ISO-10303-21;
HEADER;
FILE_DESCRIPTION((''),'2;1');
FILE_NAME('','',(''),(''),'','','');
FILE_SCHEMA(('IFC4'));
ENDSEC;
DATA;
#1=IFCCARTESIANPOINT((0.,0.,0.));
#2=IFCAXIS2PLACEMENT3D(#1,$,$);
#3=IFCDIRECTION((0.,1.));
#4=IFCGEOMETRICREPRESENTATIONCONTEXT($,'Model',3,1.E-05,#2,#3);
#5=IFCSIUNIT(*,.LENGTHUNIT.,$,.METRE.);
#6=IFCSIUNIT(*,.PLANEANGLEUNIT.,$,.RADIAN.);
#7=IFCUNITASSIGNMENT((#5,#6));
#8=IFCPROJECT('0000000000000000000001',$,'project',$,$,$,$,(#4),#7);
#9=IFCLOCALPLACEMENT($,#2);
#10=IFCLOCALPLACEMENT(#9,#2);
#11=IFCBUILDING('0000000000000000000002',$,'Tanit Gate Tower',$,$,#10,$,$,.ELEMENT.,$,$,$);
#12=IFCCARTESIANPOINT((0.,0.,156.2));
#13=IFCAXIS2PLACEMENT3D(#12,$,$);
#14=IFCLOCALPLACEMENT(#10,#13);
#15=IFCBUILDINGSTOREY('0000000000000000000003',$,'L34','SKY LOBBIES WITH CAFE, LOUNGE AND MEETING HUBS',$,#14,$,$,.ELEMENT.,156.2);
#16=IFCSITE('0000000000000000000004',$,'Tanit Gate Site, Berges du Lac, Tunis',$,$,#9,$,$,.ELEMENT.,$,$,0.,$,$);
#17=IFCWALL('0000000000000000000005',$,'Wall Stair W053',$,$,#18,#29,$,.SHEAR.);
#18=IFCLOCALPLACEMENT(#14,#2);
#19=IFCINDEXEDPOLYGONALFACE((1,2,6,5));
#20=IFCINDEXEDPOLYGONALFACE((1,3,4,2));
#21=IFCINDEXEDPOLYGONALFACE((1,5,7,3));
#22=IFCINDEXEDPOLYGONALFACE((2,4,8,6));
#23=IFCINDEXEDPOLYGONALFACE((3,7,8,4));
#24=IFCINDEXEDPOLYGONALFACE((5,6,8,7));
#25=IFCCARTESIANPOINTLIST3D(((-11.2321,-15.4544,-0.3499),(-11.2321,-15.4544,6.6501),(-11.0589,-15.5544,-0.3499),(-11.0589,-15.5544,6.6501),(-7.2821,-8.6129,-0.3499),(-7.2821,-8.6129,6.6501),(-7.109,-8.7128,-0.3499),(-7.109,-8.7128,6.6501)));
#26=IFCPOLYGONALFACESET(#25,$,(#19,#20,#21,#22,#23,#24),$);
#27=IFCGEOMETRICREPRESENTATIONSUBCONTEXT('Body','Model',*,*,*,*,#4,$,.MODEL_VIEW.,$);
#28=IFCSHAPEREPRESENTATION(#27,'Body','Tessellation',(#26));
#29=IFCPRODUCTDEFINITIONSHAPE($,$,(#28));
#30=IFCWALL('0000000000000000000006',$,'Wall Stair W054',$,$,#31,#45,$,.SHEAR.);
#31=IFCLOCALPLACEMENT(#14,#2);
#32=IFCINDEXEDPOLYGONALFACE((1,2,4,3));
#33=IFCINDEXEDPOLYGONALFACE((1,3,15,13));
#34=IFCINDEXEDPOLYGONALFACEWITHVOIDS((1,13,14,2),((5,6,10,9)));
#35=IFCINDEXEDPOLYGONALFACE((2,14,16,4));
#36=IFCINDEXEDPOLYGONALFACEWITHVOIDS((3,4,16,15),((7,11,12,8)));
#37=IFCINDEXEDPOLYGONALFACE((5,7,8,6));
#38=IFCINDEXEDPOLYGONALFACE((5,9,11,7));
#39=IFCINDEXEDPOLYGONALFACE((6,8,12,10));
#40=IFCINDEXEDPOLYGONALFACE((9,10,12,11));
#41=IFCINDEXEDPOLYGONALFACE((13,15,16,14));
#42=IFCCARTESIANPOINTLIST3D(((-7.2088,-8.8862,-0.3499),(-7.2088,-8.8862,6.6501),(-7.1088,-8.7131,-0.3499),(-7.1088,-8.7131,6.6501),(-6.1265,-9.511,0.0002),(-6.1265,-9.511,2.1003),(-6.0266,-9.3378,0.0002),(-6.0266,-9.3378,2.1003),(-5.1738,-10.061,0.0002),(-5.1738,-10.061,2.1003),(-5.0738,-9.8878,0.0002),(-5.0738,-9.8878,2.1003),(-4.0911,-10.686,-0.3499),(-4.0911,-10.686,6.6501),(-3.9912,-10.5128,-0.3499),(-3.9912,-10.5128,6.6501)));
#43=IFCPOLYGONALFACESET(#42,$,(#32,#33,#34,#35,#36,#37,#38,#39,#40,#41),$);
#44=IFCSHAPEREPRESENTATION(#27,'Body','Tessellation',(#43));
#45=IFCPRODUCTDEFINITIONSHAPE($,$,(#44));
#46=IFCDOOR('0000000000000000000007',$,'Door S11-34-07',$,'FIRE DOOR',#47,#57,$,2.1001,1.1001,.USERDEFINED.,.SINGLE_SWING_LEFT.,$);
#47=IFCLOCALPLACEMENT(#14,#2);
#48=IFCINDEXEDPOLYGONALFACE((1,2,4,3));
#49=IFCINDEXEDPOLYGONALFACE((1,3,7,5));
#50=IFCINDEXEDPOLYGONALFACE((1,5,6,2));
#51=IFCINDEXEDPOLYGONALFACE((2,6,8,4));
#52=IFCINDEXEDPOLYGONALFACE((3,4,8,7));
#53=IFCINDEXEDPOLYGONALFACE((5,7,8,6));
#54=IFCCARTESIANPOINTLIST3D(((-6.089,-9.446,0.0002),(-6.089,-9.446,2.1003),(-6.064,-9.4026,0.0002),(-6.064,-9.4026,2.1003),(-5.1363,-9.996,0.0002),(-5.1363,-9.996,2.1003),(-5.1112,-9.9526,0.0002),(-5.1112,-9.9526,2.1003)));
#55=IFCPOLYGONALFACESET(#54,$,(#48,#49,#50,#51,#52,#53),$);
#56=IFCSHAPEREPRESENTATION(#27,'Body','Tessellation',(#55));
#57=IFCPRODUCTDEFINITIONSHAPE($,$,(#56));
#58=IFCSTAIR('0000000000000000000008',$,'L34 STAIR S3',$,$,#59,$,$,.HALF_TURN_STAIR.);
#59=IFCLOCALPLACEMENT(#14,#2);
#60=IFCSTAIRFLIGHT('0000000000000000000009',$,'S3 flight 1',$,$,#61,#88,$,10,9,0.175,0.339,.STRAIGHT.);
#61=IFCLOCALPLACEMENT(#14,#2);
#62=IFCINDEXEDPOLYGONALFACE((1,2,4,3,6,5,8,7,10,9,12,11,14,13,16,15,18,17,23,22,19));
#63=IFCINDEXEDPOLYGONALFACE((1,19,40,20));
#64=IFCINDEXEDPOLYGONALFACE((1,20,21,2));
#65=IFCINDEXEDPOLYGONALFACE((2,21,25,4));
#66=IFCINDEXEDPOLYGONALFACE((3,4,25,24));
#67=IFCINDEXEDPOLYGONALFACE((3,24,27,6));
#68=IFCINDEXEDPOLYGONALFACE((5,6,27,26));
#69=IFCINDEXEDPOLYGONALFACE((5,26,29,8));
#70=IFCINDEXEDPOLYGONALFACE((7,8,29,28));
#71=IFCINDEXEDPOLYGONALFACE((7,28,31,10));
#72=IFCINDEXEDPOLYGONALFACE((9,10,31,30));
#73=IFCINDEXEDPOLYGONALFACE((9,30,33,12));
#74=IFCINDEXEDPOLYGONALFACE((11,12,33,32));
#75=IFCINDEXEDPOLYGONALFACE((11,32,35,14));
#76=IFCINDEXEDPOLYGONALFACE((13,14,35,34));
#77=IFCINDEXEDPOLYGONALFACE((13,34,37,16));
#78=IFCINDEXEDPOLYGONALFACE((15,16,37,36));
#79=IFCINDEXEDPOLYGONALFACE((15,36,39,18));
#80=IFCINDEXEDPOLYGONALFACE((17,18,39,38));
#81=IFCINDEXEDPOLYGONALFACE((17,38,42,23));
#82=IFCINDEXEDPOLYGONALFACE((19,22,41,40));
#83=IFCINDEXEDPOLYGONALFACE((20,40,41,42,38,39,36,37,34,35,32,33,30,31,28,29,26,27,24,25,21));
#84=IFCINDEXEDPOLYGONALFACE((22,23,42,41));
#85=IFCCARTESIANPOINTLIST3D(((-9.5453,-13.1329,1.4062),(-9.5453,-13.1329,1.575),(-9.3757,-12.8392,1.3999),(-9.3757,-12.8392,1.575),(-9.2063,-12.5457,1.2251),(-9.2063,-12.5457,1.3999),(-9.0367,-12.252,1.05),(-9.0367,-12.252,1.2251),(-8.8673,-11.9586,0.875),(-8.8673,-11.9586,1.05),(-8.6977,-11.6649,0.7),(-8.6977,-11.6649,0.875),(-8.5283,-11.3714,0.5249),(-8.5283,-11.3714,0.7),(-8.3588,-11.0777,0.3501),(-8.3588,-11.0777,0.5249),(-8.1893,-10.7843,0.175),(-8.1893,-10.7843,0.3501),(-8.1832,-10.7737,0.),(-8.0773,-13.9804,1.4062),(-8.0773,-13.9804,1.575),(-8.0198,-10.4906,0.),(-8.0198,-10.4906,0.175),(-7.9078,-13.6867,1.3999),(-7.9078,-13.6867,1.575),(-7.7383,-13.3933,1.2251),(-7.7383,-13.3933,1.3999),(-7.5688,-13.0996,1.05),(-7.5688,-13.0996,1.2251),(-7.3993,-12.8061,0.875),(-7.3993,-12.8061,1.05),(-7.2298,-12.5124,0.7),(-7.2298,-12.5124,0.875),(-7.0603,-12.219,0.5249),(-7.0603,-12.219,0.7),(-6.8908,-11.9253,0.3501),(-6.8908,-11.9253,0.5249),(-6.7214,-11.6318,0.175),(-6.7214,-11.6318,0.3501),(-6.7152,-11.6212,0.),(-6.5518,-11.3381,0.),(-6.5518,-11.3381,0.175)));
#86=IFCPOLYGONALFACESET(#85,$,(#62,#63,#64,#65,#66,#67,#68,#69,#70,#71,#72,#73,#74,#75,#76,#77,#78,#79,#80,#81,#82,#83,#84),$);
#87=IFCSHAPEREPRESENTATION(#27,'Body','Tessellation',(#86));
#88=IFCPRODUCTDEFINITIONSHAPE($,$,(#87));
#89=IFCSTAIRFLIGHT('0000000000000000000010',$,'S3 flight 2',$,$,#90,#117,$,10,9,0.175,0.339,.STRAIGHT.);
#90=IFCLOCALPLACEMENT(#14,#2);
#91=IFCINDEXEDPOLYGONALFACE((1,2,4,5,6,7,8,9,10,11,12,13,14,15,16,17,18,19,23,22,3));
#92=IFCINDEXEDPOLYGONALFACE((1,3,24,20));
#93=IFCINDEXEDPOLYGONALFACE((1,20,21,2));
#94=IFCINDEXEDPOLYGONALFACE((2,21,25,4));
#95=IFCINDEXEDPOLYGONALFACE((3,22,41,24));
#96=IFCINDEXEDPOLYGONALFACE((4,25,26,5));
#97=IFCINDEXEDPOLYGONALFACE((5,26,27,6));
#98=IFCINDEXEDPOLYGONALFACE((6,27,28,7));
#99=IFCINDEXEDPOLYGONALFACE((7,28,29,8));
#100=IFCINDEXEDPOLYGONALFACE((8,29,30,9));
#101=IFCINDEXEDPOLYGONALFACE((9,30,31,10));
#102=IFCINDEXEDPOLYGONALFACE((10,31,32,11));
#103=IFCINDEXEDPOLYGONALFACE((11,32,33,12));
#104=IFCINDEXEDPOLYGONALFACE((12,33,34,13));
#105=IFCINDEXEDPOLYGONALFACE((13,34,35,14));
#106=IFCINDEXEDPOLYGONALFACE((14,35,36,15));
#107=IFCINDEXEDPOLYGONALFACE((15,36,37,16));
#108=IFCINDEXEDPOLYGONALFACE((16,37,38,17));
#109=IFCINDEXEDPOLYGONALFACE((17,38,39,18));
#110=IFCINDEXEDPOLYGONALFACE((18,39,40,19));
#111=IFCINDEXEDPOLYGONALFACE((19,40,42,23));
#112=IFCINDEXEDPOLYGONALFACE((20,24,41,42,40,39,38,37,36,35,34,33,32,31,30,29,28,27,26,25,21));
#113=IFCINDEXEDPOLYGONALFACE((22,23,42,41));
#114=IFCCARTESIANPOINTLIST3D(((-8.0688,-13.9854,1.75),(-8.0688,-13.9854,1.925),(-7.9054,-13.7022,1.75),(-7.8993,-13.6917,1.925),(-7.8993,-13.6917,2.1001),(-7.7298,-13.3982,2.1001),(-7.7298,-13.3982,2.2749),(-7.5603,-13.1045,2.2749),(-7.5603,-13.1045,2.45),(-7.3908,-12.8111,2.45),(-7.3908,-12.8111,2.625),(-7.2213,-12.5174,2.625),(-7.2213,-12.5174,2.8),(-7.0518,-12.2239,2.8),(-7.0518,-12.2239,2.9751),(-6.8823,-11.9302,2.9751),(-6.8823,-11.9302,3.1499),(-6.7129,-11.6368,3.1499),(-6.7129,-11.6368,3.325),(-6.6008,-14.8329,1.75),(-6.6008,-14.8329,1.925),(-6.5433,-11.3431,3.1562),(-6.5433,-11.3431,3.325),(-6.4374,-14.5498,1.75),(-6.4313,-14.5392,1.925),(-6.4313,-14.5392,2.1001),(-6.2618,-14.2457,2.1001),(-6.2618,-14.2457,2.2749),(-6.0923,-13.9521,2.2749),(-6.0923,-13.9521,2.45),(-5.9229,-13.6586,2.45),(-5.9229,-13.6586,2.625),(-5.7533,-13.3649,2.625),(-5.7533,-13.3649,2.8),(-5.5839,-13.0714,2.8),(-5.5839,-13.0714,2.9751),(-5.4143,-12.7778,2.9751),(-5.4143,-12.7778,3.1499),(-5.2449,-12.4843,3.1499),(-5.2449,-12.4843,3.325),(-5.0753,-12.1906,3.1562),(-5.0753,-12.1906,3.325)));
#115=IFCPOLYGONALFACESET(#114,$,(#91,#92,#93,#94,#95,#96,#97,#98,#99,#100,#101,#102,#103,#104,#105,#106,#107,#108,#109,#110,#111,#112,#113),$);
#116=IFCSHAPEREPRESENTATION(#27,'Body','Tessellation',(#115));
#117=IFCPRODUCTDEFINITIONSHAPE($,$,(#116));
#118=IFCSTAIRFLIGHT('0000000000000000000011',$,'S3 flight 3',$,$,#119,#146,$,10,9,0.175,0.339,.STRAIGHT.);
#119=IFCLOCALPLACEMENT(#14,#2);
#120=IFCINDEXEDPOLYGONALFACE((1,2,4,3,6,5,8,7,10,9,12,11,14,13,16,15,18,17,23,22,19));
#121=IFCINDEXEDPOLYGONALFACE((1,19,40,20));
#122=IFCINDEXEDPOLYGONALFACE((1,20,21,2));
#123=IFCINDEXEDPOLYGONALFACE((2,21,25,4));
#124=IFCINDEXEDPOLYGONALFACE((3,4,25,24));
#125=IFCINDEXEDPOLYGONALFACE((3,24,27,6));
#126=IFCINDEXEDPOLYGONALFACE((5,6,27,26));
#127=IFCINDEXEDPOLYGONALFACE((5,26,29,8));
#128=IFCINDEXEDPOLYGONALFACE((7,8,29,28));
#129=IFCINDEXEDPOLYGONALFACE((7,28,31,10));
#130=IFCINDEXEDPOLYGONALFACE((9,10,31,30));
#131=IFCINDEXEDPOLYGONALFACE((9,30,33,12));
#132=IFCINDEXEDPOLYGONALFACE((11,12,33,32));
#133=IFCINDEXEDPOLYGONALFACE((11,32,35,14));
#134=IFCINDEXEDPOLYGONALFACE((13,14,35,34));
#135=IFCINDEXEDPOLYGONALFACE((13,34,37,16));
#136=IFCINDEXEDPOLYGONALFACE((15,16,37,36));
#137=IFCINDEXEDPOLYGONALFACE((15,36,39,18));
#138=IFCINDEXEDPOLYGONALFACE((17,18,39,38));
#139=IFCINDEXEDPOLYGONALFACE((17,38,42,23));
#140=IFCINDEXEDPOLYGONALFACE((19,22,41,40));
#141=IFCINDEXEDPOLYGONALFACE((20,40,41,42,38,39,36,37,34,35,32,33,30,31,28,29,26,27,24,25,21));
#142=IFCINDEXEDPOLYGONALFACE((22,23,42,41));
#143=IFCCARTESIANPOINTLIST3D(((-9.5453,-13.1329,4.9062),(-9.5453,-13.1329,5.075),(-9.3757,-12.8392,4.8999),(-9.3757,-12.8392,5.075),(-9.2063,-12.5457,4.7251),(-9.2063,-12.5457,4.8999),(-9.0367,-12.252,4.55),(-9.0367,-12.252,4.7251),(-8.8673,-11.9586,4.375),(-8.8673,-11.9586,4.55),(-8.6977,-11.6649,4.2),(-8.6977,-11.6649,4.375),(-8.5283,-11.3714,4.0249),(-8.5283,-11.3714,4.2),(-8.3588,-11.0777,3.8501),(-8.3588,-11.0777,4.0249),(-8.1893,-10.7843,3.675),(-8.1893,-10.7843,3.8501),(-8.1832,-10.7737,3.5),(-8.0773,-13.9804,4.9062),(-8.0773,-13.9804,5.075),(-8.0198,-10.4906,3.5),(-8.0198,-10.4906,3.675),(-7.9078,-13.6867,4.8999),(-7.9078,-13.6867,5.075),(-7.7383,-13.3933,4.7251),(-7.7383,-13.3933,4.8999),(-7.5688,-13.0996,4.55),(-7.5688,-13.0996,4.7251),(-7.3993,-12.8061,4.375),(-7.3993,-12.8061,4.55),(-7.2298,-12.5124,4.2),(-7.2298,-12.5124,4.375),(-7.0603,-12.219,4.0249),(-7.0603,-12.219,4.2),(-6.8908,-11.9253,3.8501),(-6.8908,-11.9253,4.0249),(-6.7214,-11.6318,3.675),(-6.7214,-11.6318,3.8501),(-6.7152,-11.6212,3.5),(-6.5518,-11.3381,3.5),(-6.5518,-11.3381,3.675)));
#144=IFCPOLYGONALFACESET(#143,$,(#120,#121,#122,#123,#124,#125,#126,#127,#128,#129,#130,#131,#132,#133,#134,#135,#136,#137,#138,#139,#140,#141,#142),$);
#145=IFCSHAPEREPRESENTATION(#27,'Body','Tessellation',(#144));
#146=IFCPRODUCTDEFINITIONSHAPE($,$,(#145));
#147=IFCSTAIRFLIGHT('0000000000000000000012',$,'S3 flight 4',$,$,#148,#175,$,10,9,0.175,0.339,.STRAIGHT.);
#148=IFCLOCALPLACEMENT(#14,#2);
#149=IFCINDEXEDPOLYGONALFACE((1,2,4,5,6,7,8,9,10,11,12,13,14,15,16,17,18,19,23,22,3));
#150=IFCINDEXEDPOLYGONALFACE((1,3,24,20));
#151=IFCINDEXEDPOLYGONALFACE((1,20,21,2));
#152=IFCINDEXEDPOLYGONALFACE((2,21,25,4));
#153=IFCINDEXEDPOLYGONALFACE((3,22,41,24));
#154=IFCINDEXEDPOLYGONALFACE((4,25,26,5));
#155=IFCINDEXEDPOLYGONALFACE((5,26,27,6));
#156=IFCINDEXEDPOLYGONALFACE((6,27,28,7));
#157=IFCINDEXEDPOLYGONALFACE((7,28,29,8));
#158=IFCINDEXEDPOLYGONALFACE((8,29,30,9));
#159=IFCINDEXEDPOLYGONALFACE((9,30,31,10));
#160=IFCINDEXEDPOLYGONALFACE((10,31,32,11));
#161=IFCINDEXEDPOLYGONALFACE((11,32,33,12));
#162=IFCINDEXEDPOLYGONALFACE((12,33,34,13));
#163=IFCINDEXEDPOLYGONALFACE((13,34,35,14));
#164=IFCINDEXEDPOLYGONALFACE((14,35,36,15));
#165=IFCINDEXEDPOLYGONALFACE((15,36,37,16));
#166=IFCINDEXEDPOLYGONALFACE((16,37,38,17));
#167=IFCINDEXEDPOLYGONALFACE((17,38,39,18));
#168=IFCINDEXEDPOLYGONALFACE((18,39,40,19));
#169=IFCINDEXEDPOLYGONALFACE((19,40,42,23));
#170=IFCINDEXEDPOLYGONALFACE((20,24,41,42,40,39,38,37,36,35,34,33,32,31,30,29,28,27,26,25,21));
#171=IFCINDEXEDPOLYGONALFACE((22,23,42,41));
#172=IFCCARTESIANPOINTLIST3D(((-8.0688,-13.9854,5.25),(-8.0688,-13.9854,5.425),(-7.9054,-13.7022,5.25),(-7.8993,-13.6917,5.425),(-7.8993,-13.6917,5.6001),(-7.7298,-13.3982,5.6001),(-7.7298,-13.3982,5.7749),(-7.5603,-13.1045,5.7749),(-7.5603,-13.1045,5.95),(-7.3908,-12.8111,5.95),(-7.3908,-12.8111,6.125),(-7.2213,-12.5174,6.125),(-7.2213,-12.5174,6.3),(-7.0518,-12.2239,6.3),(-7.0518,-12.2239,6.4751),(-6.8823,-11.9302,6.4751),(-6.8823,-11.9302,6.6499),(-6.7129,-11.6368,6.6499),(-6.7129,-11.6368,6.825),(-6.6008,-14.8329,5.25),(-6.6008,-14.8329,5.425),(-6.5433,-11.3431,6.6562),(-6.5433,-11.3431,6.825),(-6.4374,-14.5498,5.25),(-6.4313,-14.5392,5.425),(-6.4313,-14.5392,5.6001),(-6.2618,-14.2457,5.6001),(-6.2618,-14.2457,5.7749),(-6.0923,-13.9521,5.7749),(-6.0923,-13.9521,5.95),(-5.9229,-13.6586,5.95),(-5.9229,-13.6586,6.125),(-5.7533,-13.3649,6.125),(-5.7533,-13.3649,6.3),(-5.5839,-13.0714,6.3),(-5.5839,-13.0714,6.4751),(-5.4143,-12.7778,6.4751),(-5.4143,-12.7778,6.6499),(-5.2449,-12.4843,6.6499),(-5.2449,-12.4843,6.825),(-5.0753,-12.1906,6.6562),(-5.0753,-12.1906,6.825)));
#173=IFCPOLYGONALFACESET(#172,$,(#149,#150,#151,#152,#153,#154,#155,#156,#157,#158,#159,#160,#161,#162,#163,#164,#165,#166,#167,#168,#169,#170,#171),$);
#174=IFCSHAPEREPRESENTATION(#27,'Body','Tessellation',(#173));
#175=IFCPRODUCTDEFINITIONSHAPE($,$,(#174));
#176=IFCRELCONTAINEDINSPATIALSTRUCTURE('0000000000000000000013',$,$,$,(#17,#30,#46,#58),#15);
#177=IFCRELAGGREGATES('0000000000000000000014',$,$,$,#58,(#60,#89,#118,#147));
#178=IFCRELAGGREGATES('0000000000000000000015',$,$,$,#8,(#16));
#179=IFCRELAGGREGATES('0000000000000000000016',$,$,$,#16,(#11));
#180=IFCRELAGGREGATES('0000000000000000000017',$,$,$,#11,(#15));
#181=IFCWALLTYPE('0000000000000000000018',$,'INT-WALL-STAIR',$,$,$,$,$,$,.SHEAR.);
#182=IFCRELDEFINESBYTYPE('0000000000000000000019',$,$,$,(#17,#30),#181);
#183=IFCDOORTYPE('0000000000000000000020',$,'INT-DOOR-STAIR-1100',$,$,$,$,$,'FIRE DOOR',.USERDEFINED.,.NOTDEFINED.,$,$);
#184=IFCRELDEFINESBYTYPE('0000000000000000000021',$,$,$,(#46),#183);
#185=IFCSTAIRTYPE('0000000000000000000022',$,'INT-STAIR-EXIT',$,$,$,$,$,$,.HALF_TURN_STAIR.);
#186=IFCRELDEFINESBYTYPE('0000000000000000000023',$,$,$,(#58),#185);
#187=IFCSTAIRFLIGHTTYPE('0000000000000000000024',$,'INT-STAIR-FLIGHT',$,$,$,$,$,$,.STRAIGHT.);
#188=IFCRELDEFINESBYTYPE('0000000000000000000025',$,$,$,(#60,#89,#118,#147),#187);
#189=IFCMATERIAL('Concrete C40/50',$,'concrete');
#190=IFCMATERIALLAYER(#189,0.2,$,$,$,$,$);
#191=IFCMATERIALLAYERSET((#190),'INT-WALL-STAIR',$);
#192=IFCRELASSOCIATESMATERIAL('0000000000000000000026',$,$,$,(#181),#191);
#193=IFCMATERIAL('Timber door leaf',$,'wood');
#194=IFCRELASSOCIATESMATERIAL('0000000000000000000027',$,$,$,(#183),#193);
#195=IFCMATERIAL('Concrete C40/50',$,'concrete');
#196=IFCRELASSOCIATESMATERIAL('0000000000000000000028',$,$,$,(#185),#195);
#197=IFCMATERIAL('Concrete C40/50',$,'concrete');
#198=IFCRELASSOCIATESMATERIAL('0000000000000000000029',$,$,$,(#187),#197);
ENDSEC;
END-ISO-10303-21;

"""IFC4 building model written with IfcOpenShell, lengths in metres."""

from ifc_helpers import new_model, si_unit, direction, frame, frame_2d, origin, place, context, subcontext, project, spatial, polyline, rectangle, outline, extrude, material, layer, layer_set, type_object, element, fill, aggregate, save


model = new_model("IFC4")

# Units and contexts
model_context = context("Model", 3, precision=1e-05, world=origin(), true_north=direction((0.0, 1.0)))
body_context = subcontext(model_context, "Body", "Model", "MODEL_VIEW")
ifc_project = project(units=[si_unit("LENGTHUNIT", "METRE"), si_unit("PLANEANGLEUNIT", "RADIAN")], contexts=[model_context])

# Site, building, storey
site_placement = place(None, origin())
site = spatial("IfcSite", under=ifc_project, at=site_placement, Name="Tanit Gate Site, Berges du Lac, Tunis", CompositionType="ELEMENT", RefElevation=0.0)
building_placement = place(site_placement, origin())
building = spatial("IfcBuilding", under=site, at=building_placement, Name="Tanit Gate Tower", CompositionType="ELEMENT")
storey_placement = place(building_placement, frame((0.0, 0.0, 156.2)))
storey = spatial("IfcBuildingStorey", under=building, at=storey_placement, Name="L34", Description="SKY LOBBIES WITH CAFE, LOUNGE AND MEETING HUBS", CompositionType="ELEMENT", Elevation=156.2)

# Wall
ifc_material_1 = material(Name="Concrete C40/50", Category="concrete")
ifc_layer_1 = layer(ifc_material_1, 0.2)
ifc_layer_set_1 = layer_set([ifc_layer_1], Name="INT-WALL-STAIR")
wall_type_1 = type_object("IfcWallType", Name="INT-WALL-STAIR", PredefinedType="SHEAR", material=ifc_layer_set_1)
wall_1_placement = place(storey_placement, frame((-7.1956, -8.6628, -0.3499), z_axis=(0.0, 0.0, 1.0), x_axis=(-0.499998, -0.866027, 0.0)))
element("IfcWall", 1, at=wall_1_placement, inside=storey, type_object=wall_type_1, Name="Wall Stair W053", PredefinedType="SHEAR", context=body_context, shape_type="SweptSolid", body=[
    extrude(rectangle(XDim=7.8999, YDim=0.2, at=frame_2d((3.95, 0.0))), origin(), (0.0, 0.0, 1.0), 7.0),
])

# Wall, opening, door
wall_2_placement = place(storey_placement, frame((-4.0413, -10.5994, -0.3499), z_axis=(0.0, 0.0, 1.0), x_axis=(-0.866048, 0.499961, 0.0)))
wall_2 = element("IfcWall", 2, at=wall_2_placement, inside=storey, type_object=wall_type_1, Name="Wall Stair W054", PredefinedType="SHEAR", context=body_context, shape_type="SweptSolid", body=[
    extrude(rectangle(XDim=3.5999, YDim=0.2, at=frame_2d((1.7998, 0.0))), origin(), (0.0, 0.0, 1.0), 7.0),
])
opening_1_placement = place(wall_2_placement, frame((1.25, 0.0, 0.3501)))
opening_1 = element("IfcOpeningElement", 3, at=opening_1_placement, cuts=wall_2, PredefinedType="OPENING", context=body_context, shape_type="SweptSolid", body=[
    extrude(rectangle(XDim=1.1001, YDim=2.1001, at=frame_2d((0.55, 1.05))), frame((0.0, 0.1099, 0.0), z_axis=(0.0, -1.0, 0.0), x_axis=(1.0, 0.0, 0.0)), (0.0, 0.0, 1.0), 0.22),
])
ifc_material_2 = material(Name="Timber door leaf", Category="wood")
door_type_1 = type_object("IfcDoorType", Name="INT-DOOR-STAIR-1100", ElementType="FIRE DOOR", OperationType="NOTDEFINED", PredefinedType="USERDEFINED", material=ifc_material_2)
door_1_placement = place(opening_1_placement, origin())
door_1 = element("IfcDoor", 4, at=door_1_placement, inside=storey, type_object=door_type_1, Name="Door S11-34-07", ObjectType="FIRE DOOR", OperationType="SINGLE_SWING_LEFT", OverallHeight=2.1001, OverallWidth=1.1001, PredefinedType="USERDEFINED", context=body_context, shape_type="SweptSolid", body=[
    extrude(rectangle(XDim=1.1001, YDim=2.1001, at=frame_2d((0.55, 1.05))), frame((0.0, 0.0249, 0.0), z_axis=(0.0, -1.0, 0.0), x_axis=(1.0, 0.0, 0.0)), (0.0, 0.0, 1.0), 0.05),
])
fill(opening_1, door_1)

# Stair, stair flights
ifc_material_3 = material(Name="Concrete C40/50", Category="concrete")
stair_type = type_object("IfcStairType", Name="INT-STAIR-EXIT", PredefinedType="HALF_TURN_STAIR", material=ifc_material_3)
stair_placement = place(storey_placement, origin())
stair = element("IfcStair", 5, at=stair_placement, inside=storey, type_object=stair_type, Name="L34 STAIR S3", PredefinedType="HALF_TURN_STAIR")
ifc_material_4 = material(Name="Concrete C40/50", Category="concrete")
stair_flight_type = type_object("IfcStairFlightType", Name="INT-STAIR-FLIGHT", PredefinedType="STRAIGHT", material=ifc_material_4)
stair_flight_1_placement = place(storey_placement, frame((-7.2859, -10.9143, 0.0), z_axis=(0.0, 0.0, 1.0), x_axis=(-0.5, -0.866025, 0.0)))
stair_flight_1 = element("IfcStairFlight", 6, at=stair_flight_1_placement, type_object=stair_flight_type, Name="S3 flight 1", NumberOfRisers=10, NumberOfTreads=9, PredefinedType="STRAIGHT", RiserHeight=0.175, TreadLength=0.339, context=body_context, shape_type="SweptSolid", body=[
    extrude(outline(polyline([(0.0, 0.0), (0.0, 0.175), (0.3391, 0.175), (0.3391, 0.3501), (0.678, 0.3501), (0.678, 0.5249), (1.0171, 0.5249), (1.0171, 0.7), (1.356, 0.7), (1.356, 0.875), (1.6951, 0.875), (1.6951, 1.05), (2.0339, 1.05), (2.0339, 1.2251), (2.373, 1.2251), (2.373, 1.3999), (2.7119, 1.3999), (2.7119, 1.575), (3.051, 1.575), (3.051, 1.75), (3.051, 1.4062), (0.3269, 0.0), (0.0, 0.0)])), frame((0.0, 0.8477, 0.0), z_axis=(0.0, -1.0, 0.0), x_axis=(1.0, 0.0, 0.0)), (0.0, 0.0, 1.0), 1.6951),
])
stair_flight_2_placement = place(storey_placement, frame((-7.3347, -14.4092, 1.75), z_axis=(0.0, 0.0, 1.0), x_axis=(0.5, 0.866025, 0.0)))
stair_flight_2 = element("IfcStairFlight", 7, at=stair_flight_2_placement, type_object=stair_flight_type, Name="S3 flight 2", NumberOfRisers=10, NumberOfTreads=9, PredefinedType="STRAIGHT", RiserHeight=0.175, TreadLength=0.339, context=body_context, shape_type="SweptSolid", body=[
    extrude(outline(polyline([(0.0, 0.0), (0.0, 0.175), (0.3391, 0.175), (0.3391, 0.3501), (0.678, 0.3501), (0.678, 0.5249), (1.0171, 0.5249), (1.0171, 0.7), (1.356, 0.7), (1.356, 0.875), (1.6951, 0.875), (1.6951, 1.05), (2.0339, 1.05), (2.0339, 1.2251), (2.373, 1.2251), (2.373, 1.3999), (2.7119, 1.3999), (2.7119, 1.575), (3.051, 1.575), (3.051, 1.75), (3.051, 1.4062), (0.3269, 0.0), (0.0, 0.0)])), frame((0.0, 0.8477, 0.0), z_axis=(0.0, -1.0, 0.0), x_axis=(1.0, 0.0, 0.0)), (0.0, 0.0, 1.0), 1.6951),
])
stair_flight_3_placement = place(storey_placement, frame((-7.2859, -10.9143, 3.5), z_axis=(0.0, 0.0, 1.0), x_axis=(-0.5, -0.866025, 0.0)))
stair_flight_3 = element("IfcStairFlight", 8, at=stair_flight_3_placement, type_object=stair_flight_type, Name="S3 flight 3", NumberOfRisers=10, NumberOfTreads=9, PredefinedType="STRAIGHT", RiserHeight=0.175, TreadLength=0.339, context=body_context, shape_type="SweptSolid", body=[
    extrude(outline(polyline([(0.0, 0.0), (0.0, 0.175), (0.3391, 0.175), (0.3391, 0.3501), (0.678, 0.3501), (0.678, 0.5249), (1.0171, 0.5249), (1.0171, 0.7), (1.356, 0.7), (1.356, 0.875), (1.6951, 0.875), (1.6951, 1.05), (2.0339, 1.05), (2.0339, 1.2251), (2.373, 1.2251), (2.373, 1.3999), (2.7119, 1.3999), (2.7119, 1.575), (3.051, 1.575), (3.051, 1.75), (3.051, 1.4062), (0.3269, 0.0), (0.0, 0.0)])), frame((0.0, 0.8477, 0.0), z_axis=(0.0, -1.0, 0.0), x_axis=(1.0, 0.0, 0.0)), (0.0, 0.0, 1.0), 1.6951),
])
stair_flight_4_placement = place(storey_placement, frame((-7.3347, -14.4092, 5.25), z_axis=(0.0, 0.0, 1.0), x_axis=(0.5, 0.866025, 0.0)))
stair_flight_4 = element("IfcStairFlight", 9, at=stair_flight_4_placement, type_object=stair_flight_type, Name="S3 flight 4", NumberOfRisers=10, NumberOfTreads=9, PredefinedType="STRAIGHT", RiserHeight=0.175, TreadLength=0.339, context=body_context, shape_type="SweptSolid", body=[
    extrude(outline(polyline([(0.0, 0.0), (0.0, 0.175), (0.3391, 0.175), (0.3391, 0.3501), (0.678, 0.3501), (0.678, 0.5249), (1.0171, 0.5249), (1.0171, 0.7), (1.356, 0.7), (1.356, 0.875), (1.6951, 0.875), (1.6951, 1.05), (2.0339, 1.05), (2.0339, 1.2251), (2.373, 1.2251), (2.373, 1.3999), (2.7119, 1.3999), (2.7119, 1.575), (3.051, 1.575), (3.051, 1.75), (3.051, 1.4062), (0.3269, 0.0), (0.0, 0.0)])), frame((0.0, 0.8477, 0.0), z_axis=(0.0, -1.0, 0.0), x_axis=(1.0, 0.0, 0.0)), (0.0, 0.0, 1.0), 1.6951),
])
aggregate(stair, [stair_flight_1, stair_flight_2, stair_flight_3, stair_flight_4])

save(model, "model.ifc")
